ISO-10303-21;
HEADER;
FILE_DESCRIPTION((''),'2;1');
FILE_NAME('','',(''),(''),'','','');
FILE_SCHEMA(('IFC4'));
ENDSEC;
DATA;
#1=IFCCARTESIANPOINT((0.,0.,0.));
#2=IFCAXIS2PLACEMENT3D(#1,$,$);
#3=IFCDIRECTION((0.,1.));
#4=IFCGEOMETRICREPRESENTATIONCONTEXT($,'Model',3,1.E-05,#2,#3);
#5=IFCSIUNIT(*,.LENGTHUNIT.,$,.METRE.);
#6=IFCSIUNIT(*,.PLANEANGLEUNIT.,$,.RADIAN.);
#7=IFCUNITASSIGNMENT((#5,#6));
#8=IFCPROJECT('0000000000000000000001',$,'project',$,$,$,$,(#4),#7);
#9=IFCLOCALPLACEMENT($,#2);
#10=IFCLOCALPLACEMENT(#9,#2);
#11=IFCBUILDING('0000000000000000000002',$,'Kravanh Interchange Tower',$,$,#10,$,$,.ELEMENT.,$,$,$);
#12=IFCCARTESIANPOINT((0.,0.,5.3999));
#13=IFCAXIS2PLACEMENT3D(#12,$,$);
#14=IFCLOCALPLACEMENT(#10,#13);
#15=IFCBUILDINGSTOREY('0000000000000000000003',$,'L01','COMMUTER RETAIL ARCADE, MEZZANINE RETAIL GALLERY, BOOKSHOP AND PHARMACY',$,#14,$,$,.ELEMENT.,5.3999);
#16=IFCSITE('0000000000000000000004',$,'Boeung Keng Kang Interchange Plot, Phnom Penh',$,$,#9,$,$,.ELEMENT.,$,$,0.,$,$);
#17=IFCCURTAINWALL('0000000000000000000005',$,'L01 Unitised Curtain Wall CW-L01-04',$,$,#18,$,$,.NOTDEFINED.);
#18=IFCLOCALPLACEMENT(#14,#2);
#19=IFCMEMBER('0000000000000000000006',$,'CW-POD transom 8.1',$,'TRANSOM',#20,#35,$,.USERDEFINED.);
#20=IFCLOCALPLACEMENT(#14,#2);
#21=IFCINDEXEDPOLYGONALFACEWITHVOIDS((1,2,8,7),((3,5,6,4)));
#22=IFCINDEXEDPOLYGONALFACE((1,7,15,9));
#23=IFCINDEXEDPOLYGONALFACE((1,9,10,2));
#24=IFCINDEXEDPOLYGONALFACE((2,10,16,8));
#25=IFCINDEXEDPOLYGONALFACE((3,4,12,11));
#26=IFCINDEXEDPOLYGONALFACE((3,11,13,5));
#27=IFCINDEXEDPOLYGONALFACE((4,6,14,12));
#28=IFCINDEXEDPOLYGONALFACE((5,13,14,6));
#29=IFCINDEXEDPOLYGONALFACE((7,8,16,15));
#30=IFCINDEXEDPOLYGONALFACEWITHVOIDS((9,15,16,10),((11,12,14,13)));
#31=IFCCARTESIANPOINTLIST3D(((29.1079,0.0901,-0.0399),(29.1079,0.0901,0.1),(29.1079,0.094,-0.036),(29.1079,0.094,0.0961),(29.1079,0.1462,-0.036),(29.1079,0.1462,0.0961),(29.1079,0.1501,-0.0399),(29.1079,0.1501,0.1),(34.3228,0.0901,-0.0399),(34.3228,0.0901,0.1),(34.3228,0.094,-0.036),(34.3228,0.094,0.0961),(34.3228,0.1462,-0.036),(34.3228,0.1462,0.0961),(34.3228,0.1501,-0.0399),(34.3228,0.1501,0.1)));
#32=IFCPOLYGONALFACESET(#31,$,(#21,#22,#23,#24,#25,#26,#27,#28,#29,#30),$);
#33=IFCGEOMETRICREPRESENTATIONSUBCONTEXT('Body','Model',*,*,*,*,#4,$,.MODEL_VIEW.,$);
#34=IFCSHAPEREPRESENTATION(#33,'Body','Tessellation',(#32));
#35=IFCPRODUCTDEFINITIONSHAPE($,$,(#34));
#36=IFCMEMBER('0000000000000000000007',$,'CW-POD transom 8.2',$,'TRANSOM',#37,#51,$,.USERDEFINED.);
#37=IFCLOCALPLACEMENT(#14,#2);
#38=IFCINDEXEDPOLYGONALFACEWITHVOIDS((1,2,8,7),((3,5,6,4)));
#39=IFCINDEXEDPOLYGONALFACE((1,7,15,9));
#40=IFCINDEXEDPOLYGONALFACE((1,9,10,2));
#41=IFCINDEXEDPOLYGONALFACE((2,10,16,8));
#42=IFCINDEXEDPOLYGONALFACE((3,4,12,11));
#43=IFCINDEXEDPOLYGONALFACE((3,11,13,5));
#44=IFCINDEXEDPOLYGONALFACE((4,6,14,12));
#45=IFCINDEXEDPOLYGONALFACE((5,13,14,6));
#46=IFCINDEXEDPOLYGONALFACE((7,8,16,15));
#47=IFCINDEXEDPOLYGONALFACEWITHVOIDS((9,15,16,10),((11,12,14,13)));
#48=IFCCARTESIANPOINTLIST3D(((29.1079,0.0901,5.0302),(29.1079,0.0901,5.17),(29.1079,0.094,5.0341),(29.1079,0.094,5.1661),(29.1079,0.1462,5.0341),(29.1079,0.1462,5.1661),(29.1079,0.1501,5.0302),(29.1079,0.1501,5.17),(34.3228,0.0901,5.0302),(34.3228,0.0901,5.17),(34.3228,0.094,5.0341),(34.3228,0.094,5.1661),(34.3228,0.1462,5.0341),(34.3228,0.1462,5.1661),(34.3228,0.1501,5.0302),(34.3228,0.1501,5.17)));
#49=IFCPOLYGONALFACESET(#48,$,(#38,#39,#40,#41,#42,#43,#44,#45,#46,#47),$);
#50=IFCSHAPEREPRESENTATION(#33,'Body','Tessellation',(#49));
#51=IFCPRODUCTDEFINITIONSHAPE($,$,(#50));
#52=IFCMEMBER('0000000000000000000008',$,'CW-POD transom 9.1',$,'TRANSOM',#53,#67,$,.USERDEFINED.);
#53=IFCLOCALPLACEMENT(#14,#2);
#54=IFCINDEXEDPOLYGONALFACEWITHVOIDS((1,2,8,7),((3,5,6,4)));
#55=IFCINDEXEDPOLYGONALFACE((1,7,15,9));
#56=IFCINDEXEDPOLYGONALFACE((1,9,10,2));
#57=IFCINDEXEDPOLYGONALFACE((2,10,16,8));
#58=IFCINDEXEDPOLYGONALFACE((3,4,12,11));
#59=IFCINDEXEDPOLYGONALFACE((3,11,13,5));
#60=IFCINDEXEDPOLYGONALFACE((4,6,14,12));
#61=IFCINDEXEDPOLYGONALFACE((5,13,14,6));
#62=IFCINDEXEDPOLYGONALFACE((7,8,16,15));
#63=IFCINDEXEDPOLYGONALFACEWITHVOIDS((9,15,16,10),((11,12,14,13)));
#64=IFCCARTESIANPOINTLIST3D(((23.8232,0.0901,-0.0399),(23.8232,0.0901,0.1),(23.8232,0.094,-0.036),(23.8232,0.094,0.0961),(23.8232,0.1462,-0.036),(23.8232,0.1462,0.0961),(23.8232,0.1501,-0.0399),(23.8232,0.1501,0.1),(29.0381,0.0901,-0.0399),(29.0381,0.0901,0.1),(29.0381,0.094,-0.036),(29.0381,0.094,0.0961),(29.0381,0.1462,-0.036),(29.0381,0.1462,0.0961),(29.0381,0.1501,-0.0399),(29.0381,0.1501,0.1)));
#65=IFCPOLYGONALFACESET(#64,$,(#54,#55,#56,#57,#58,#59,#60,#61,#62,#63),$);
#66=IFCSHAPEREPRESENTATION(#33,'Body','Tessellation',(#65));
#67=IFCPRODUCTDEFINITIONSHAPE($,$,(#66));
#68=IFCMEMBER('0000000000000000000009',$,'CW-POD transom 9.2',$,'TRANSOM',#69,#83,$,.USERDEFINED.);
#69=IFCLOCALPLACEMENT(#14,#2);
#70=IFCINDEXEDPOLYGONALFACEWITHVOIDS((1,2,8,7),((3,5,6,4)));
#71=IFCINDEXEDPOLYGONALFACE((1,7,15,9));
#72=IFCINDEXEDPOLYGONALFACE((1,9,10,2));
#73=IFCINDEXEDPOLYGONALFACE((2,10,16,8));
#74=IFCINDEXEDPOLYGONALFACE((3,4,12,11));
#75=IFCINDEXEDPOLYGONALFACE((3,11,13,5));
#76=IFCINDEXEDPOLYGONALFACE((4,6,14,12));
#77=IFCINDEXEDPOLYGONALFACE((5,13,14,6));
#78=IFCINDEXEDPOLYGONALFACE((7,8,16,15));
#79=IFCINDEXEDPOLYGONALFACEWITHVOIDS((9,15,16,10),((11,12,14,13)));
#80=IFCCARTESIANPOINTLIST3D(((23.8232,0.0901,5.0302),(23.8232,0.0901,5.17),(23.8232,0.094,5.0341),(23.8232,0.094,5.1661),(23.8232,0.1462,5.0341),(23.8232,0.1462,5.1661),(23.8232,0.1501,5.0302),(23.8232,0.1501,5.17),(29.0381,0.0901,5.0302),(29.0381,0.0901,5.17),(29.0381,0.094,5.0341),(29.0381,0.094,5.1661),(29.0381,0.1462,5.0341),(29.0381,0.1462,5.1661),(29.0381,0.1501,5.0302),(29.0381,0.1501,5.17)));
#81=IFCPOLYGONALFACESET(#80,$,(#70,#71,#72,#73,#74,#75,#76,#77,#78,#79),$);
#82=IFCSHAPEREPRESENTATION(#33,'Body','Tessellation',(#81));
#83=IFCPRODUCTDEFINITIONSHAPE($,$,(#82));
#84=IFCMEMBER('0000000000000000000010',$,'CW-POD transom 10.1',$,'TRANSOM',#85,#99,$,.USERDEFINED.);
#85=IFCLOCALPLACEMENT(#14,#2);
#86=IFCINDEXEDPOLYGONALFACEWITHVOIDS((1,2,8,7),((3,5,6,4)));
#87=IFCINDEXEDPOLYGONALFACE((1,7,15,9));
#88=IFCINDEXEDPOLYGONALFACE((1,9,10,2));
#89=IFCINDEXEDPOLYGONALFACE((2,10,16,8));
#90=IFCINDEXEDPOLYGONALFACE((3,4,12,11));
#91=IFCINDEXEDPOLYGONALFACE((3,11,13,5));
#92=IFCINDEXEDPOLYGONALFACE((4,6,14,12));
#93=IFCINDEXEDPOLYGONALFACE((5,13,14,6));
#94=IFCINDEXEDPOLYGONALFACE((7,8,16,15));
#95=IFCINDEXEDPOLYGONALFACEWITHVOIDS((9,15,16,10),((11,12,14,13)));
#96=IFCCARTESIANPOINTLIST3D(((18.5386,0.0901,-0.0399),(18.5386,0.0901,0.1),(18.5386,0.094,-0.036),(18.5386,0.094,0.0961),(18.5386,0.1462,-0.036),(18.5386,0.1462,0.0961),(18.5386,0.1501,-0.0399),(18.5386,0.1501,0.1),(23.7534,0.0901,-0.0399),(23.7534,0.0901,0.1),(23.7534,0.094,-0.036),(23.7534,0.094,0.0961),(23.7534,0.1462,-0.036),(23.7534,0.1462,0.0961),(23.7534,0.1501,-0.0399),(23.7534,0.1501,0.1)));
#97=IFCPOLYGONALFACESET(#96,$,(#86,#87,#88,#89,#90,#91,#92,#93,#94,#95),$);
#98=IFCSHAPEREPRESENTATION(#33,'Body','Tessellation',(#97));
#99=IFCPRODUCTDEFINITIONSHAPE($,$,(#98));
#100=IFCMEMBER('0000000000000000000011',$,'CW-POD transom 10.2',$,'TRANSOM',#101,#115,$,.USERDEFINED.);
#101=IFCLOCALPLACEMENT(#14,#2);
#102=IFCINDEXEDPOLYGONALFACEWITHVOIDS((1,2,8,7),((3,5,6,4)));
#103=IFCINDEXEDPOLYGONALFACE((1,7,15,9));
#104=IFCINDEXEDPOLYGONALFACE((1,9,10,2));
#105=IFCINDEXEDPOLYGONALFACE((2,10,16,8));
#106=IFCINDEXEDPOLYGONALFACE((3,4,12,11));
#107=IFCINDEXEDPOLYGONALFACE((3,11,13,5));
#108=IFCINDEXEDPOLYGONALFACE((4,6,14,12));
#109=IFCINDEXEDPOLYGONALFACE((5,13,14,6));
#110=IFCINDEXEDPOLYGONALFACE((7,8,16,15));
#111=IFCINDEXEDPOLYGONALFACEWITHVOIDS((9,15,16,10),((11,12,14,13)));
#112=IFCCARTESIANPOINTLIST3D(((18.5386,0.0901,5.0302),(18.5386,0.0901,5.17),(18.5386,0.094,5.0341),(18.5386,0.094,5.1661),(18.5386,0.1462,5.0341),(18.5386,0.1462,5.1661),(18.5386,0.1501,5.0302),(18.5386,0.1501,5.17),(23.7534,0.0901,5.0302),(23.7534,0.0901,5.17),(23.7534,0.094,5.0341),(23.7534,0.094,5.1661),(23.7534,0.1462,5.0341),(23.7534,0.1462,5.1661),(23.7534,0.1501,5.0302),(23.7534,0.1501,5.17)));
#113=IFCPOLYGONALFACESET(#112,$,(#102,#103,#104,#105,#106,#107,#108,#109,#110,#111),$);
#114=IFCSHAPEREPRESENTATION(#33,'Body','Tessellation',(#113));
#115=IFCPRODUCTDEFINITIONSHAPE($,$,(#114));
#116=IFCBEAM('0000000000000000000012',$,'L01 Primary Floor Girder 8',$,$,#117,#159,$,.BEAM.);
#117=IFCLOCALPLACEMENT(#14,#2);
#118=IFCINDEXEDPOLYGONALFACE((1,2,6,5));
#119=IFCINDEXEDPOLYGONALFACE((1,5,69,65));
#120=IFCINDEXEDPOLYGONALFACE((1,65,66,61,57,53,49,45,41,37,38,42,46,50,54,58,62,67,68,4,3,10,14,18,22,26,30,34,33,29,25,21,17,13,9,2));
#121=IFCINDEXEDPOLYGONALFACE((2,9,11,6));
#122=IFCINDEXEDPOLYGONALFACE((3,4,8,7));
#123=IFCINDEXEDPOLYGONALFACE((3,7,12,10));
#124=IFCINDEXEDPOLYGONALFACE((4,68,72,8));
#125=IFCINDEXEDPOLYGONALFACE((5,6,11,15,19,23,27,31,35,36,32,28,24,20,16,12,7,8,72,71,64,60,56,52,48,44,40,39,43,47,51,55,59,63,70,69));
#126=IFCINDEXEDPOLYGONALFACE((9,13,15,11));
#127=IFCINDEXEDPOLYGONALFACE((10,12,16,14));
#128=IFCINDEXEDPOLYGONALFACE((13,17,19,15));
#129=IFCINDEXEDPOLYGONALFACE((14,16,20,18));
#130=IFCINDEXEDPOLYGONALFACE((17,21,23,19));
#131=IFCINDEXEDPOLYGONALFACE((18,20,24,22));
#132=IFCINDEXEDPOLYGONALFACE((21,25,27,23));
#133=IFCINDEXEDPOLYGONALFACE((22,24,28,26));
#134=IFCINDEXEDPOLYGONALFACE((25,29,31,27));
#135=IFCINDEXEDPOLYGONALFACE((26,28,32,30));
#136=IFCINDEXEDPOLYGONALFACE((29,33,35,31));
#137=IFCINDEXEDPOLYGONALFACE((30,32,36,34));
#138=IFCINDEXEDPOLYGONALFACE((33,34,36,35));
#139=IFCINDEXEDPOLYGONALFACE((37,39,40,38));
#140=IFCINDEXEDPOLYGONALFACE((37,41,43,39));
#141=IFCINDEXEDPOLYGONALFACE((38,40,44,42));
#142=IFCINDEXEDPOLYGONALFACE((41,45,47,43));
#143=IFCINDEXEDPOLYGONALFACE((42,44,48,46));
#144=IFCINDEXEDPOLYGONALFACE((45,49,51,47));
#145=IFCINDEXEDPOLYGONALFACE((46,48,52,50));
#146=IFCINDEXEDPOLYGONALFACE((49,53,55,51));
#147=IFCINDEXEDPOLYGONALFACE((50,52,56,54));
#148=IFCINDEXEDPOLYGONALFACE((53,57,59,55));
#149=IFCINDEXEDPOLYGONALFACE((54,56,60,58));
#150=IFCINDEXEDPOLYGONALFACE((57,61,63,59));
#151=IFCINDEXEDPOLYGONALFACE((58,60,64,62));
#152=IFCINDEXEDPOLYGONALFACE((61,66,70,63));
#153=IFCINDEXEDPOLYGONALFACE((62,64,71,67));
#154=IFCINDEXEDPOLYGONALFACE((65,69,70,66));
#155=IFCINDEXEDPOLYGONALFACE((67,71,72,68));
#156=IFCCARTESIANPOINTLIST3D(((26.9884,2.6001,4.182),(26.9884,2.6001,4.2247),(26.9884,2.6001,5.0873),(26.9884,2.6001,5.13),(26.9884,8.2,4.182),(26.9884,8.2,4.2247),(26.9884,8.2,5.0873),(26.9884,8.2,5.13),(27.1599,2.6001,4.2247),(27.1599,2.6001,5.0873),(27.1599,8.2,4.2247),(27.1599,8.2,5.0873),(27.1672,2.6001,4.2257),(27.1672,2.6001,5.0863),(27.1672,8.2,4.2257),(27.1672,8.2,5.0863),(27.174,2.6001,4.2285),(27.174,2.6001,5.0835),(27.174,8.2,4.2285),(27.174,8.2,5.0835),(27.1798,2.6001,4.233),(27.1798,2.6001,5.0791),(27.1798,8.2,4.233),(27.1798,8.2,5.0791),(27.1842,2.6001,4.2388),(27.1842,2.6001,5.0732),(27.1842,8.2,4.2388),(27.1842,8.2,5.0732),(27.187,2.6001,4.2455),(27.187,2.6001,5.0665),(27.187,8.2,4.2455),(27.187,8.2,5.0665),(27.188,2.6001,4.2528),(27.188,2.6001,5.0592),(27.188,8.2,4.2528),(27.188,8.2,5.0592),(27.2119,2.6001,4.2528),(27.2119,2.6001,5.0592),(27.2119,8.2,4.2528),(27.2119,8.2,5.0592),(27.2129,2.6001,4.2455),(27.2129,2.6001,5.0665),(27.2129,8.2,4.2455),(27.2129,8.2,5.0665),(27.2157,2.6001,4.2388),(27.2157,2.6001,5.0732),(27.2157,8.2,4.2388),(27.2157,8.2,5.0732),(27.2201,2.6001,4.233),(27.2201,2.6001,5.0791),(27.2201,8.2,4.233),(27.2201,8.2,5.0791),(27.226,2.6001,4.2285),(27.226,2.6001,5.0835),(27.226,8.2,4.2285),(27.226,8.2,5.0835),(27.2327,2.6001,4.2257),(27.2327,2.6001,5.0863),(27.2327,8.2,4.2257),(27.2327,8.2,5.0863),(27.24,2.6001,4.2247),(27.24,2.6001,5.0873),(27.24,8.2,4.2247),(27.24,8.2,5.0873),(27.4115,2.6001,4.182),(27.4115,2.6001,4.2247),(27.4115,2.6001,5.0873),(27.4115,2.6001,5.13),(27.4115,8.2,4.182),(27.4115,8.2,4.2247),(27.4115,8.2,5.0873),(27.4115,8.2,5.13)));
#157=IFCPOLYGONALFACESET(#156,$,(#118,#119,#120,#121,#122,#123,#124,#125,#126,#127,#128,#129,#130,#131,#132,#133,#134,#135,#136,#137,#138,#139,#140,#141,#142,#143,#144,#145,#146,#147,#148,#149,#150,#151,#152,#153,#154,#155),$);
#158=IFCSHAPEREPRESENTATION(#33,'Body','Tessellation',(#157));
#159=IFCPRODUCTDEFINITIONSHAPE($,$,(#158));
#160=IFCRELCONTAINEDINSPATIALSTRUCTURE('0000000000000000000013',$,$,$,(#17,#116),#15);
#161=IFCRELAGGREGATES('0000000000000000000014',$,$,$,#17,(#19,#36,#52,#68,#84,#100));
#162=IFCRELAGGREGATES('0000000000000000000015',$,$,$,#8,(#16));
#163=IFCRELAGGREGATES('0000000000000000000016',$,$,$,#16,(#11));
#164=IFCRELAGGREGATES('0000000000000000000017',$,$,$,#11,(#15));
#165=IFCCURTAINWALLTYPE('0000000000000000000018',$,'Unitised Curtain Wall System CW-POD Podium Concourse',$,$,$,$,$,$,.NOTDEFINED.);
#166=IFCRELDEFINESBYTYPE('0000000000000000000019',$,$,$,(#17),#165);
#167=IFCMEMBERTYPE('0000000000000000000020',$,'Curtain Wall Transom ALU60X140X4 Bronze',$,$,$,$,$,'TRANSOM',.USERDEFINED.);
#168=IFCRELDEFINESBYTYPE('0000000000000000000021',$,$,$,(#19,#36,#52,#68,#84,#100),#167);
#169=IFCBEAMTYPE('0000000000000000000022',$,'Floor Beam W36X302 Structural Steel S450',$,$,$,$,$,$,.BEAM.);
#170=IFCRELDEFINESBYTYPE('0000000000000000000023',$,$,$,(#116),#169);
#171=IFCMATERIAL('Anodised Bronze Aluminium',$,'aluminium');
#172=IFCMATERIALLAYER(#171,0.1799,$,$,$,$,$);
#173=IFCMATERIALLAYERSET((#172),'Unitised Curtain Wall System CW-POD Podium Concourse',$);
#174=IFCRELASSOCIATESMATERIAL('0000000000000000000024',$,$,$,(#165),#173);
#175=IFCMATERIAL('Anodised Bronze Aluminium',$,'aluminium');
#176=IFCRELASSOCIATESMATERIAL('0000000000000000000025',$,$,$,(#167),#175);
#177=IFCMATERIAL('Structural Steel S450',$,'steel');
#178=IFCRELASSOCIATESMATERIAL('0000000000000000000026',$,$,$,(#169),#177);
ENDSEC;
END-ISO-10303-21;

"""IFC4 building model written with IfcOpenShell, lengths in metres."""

from ifc_helpers import new_model, si_unit, direction, frame, origin, origin_2d, place, context, subcontext, project, spatial, hollow_rectangle, i_section, extrude, material, layer, layer_set, material_profile, profile_set, type_object, element, aggregate, save


model = new_model("IFC4")

# Units and contexts
model_context = context("Model", 3, precision=1e-05, world=origin(), true_north=direction((0.0, 1.0)))
body_context = subcontext(model_context, "Body", "Model", "MODEL_VIEW")
ifc_project = project(units=[si_unit("LENGTHUNIT", "METRE"), si_unit("PLANEANGLEUNIT", "RADIAN")], contexts=[model_context])

# Site, building, storey
site_placement = place(None, origin())
site = spatial("IfcSite", under=ifc_project, at=site_placement, Name="Boeung Keng Kang Interchange Plot, Phnom Penh", CompositionType="ELEMENT", RefElevation=0.0)
building_placement = place(site_placement, origin())
building = spatial("IfcBuilding", under=site, at=building_placement, Name="Kravanh Interchange Tower", CompositionType="ELEMENT")
storey_placement = place(building_placement, frame((0.0, 0.0, 5.3999)))
storey = spatial("IfcBuildingStorey", under=building, at=storey_placement, Name="L01", Description="COMMUTER RETAIL ARCADE, MEZZANINE RETAIL GALLERY, BOOKSHOP AND PHARMACY", CompositionType="ELEMENT", Elevation=5.3999)

# Curtain wall, members
ifc_material_1 = material(Name="Anodised Bronze Aluminium", Category="aluminium")
ifc_layer_1 = layer(ifc_material_1, 0.1799)
ifc_layer_set_1 = layer_set([ifc_layer_1], Name="Unitised Curtain Wall System CW-POD Podium Concourse")
curtain_wall_type = type_object("IfcCurtainWallType", Name="Unitised Curtain Wall System CW-POD Podium Concourse", PredefinedType="NOTDEFINED", material=ifc_layer_set_1)
curtain_wall_placement = place(storey_placement, origin())
curtain_wall = element("IfcCurtainWall", 1, at=curtain_wall_placement, inside=storey, type_object=curtain_wall_type, Name="L01 Unitised Curtain Wall CW-L01-04", PredefinedType="NOTDEFINED")
ifc_material_2 = material(Name="Anodised Bronze Aluminium", Category="aluminium")
ifc_material_profile_1 = material_profile(ifc_material_2, hollow_rectangle(XDim=0.0601, YDim=0.1399, WallThickness=0.0039, at=origin_2d()), Name="ALU60X140X4")
ifc_profile_set_1 = profile_set([ifc_material_profile_1], Name="Anodised Bronze Aluminium")
member_type_1 = type_object("IfcMemberType", Name="Curtain Wall Transom ALU60X140X4 Bronze", ElementType="TRANSOM", PredefinedType="USERDEFINED", material=ifc_profile_set_1)
member_1_placement = place(storey_placement, frame((34.3228, 0.1201, 0.03), z_axis=(-1.0, 0.0, 0.0), x_axis=(0.0, -1.0, 0.0)))
member_1 = element("IfcMember", 2, at=member_1_placement, type_object=member_type_1, Name="CW-POD transom 8.1", ObjectType="TRANSOM", PredefinedType="USERDEFINED", context=body_context, shape_type="SweptSolid", body=[
    extrude(hollow_rectangle(XDim=0.0601, YDim=0.1399, WallThickness=0.0039, at=origin_2d()), origin(), (0.0, 0.0, 1.0), 5.2148),
])
member_2_placement = place(storey_placement, frame((34.3228, 0.1201, 5.1001), z_axis=(-1.0, 0.0, 0.0), x_axis=(0.0, -1.0, 0.0)))
member_2 = element("IfcMember", 3, at=member_2_placement, type_object=member_type_1, Name="CW-POD transom 8.2", ObjectType="TRANSOM", PredefinedType="USERDEFINED", context=body_context, shape_type="SweptSolid", body=[
    extrude(hollow_rectangle(XDim=0.0601, YDim=0.1399, WallThickness=0.0039, at=origin_2d()), origin(), (0.0, 0.0, 1.0), 5.2148),
])
member_3_placement = place(storey_placement, frame((29.0381, 0.1201, 0.03), z_axis=(-1.0, 0.0, 0.0), x_axis=(0.0, -1.0, 0.0)))
member_3 = element("IfcMember", 4, at=member_3_placement, type_object=member_type_1, Name="CW-POD transom 9.1", ObjectType="TRANSOM", PredefinedType="USERDEFINED", context=body_context, shape_type="SweptSolid", body=[
    extrude(hollow_rectangle(XDim=0.0601, YDim=0.1399, WallThickness=0.0039, at=origin_2d()), origin(), (0.0, 0.0, 1.0), 5.2148),
])
member_4_placement = place(storey_placement, frame((29.0381, 0.1201, 5.1001), z_axis=(-1.0, 0.0, 0.0), x_axis=(0.0, -1.0, 0.0)))
member_4 = element("IfcMember", 5, at=member_4_placement, type_object=member_type_1, Name="CW-POD transom 9.2", ObjectType="TRANSOM", PredefinedType="USERDEFINED", context=body_context, shape_type="SweptSolid", body=[
    extrude(hollow_rectangle(XDim=0.0601, YDim=0.1399, WallThickness=0.0039, at=origin_2d()), origin(), (0.0, 0.0, 1.0), 5.2148),
])
member_5_placement = place(storey_placement, frame((23.7534, 0.1201, 0.03), z_axis=(-1.0, 0.0, 0.0), x_axis=(0.0, -1.0, 0.0)))
member_5 = element("IfcMember", 6, at=member_5_placement, type_object=member_type_1, Name="CW-POD transom 10.1", ObjectType="TRANSOM", PredefinedType="USERDEFINED", context=body_context, shape_type="SweptSolid", body=[
    extrude(hollow_rectangle(XDim=0.0601, YDim=0.1399, WallThickness=0.0039, at=origin_2d()), origin(), (0.0, 0.0, 1.0), 5.2148),
])
member_6_placement = place(storey_placement, frame((23.7534, 0.1201, 5.1001), z_axis=(-1.0, 0.0, 0.0), x_axis=(0.0, -1.0, 0.0)))
member_6 = element("IfcMember", 7, at=member_6_placement, type_object=member_type_1, Name="CW-POD transom 10.2", ObjectType="TRANSOM", PredefinedType="USERDEFINED", context=body_context, shape_type="SweptSolid", body=[
    extrude(hollow_rectangle(XDim=0.0601, YDim=0.1399, WallThickness=0.0039, at=origin_2d()), origin(), (0.0, 0.0, 1.0), 5.2148),
])

# Beam
ifc_material_3 = material(Name="Structural Steel S450", Category="steel")
ifc_material_profile_2 = material_profile(ifc_material_3, i_section(OverallWidth=0.4231, OverallDepth=0.948, WebThickness=0.0239, FlangeThickness=0.0427, FilletRadius=0.0281, at=origin_2d()), Name="W36X302")
ifc_profile_set_2 = profile_set([ifc_material_profile_2], Name="Structural Steel S450")
beam_type_1 = type_object("IfcBeamType", Name="Floor Beam W36X302 Structural Steel S450", PredefinedType="BEAM", material=ifc_profile_set_2)
beam_1_placement = place(storey_placement, frame((27.2, 2.6001, 4.656), z_axis=(0.0, 1.0, 0.0), x_axis=(-1.0, 0.0, 0.0)))
element("IfcBeam", 8, at=beam_1_placement, inside=storey, type_object=beam_type_1, Name="L01 Primary Floor Girder 8", PredefinedType="BEAM", context=body_context, shape_type="SweptSolid", body=[
    extrude(i_section(OverallWidth=0.4231, OverallDepth=0.948, WebThickness=0.0239, FlangeThickness=0.0427, FilletRadius=0.0281, at=origin_2d()), origin(), (0.0, 0.0, 1.0), 5.5999),
])

aggregate(curtain_wall, [member_1, member_2, member_3, member_4, member_5, member_6])

save(model, "model.ifc")
